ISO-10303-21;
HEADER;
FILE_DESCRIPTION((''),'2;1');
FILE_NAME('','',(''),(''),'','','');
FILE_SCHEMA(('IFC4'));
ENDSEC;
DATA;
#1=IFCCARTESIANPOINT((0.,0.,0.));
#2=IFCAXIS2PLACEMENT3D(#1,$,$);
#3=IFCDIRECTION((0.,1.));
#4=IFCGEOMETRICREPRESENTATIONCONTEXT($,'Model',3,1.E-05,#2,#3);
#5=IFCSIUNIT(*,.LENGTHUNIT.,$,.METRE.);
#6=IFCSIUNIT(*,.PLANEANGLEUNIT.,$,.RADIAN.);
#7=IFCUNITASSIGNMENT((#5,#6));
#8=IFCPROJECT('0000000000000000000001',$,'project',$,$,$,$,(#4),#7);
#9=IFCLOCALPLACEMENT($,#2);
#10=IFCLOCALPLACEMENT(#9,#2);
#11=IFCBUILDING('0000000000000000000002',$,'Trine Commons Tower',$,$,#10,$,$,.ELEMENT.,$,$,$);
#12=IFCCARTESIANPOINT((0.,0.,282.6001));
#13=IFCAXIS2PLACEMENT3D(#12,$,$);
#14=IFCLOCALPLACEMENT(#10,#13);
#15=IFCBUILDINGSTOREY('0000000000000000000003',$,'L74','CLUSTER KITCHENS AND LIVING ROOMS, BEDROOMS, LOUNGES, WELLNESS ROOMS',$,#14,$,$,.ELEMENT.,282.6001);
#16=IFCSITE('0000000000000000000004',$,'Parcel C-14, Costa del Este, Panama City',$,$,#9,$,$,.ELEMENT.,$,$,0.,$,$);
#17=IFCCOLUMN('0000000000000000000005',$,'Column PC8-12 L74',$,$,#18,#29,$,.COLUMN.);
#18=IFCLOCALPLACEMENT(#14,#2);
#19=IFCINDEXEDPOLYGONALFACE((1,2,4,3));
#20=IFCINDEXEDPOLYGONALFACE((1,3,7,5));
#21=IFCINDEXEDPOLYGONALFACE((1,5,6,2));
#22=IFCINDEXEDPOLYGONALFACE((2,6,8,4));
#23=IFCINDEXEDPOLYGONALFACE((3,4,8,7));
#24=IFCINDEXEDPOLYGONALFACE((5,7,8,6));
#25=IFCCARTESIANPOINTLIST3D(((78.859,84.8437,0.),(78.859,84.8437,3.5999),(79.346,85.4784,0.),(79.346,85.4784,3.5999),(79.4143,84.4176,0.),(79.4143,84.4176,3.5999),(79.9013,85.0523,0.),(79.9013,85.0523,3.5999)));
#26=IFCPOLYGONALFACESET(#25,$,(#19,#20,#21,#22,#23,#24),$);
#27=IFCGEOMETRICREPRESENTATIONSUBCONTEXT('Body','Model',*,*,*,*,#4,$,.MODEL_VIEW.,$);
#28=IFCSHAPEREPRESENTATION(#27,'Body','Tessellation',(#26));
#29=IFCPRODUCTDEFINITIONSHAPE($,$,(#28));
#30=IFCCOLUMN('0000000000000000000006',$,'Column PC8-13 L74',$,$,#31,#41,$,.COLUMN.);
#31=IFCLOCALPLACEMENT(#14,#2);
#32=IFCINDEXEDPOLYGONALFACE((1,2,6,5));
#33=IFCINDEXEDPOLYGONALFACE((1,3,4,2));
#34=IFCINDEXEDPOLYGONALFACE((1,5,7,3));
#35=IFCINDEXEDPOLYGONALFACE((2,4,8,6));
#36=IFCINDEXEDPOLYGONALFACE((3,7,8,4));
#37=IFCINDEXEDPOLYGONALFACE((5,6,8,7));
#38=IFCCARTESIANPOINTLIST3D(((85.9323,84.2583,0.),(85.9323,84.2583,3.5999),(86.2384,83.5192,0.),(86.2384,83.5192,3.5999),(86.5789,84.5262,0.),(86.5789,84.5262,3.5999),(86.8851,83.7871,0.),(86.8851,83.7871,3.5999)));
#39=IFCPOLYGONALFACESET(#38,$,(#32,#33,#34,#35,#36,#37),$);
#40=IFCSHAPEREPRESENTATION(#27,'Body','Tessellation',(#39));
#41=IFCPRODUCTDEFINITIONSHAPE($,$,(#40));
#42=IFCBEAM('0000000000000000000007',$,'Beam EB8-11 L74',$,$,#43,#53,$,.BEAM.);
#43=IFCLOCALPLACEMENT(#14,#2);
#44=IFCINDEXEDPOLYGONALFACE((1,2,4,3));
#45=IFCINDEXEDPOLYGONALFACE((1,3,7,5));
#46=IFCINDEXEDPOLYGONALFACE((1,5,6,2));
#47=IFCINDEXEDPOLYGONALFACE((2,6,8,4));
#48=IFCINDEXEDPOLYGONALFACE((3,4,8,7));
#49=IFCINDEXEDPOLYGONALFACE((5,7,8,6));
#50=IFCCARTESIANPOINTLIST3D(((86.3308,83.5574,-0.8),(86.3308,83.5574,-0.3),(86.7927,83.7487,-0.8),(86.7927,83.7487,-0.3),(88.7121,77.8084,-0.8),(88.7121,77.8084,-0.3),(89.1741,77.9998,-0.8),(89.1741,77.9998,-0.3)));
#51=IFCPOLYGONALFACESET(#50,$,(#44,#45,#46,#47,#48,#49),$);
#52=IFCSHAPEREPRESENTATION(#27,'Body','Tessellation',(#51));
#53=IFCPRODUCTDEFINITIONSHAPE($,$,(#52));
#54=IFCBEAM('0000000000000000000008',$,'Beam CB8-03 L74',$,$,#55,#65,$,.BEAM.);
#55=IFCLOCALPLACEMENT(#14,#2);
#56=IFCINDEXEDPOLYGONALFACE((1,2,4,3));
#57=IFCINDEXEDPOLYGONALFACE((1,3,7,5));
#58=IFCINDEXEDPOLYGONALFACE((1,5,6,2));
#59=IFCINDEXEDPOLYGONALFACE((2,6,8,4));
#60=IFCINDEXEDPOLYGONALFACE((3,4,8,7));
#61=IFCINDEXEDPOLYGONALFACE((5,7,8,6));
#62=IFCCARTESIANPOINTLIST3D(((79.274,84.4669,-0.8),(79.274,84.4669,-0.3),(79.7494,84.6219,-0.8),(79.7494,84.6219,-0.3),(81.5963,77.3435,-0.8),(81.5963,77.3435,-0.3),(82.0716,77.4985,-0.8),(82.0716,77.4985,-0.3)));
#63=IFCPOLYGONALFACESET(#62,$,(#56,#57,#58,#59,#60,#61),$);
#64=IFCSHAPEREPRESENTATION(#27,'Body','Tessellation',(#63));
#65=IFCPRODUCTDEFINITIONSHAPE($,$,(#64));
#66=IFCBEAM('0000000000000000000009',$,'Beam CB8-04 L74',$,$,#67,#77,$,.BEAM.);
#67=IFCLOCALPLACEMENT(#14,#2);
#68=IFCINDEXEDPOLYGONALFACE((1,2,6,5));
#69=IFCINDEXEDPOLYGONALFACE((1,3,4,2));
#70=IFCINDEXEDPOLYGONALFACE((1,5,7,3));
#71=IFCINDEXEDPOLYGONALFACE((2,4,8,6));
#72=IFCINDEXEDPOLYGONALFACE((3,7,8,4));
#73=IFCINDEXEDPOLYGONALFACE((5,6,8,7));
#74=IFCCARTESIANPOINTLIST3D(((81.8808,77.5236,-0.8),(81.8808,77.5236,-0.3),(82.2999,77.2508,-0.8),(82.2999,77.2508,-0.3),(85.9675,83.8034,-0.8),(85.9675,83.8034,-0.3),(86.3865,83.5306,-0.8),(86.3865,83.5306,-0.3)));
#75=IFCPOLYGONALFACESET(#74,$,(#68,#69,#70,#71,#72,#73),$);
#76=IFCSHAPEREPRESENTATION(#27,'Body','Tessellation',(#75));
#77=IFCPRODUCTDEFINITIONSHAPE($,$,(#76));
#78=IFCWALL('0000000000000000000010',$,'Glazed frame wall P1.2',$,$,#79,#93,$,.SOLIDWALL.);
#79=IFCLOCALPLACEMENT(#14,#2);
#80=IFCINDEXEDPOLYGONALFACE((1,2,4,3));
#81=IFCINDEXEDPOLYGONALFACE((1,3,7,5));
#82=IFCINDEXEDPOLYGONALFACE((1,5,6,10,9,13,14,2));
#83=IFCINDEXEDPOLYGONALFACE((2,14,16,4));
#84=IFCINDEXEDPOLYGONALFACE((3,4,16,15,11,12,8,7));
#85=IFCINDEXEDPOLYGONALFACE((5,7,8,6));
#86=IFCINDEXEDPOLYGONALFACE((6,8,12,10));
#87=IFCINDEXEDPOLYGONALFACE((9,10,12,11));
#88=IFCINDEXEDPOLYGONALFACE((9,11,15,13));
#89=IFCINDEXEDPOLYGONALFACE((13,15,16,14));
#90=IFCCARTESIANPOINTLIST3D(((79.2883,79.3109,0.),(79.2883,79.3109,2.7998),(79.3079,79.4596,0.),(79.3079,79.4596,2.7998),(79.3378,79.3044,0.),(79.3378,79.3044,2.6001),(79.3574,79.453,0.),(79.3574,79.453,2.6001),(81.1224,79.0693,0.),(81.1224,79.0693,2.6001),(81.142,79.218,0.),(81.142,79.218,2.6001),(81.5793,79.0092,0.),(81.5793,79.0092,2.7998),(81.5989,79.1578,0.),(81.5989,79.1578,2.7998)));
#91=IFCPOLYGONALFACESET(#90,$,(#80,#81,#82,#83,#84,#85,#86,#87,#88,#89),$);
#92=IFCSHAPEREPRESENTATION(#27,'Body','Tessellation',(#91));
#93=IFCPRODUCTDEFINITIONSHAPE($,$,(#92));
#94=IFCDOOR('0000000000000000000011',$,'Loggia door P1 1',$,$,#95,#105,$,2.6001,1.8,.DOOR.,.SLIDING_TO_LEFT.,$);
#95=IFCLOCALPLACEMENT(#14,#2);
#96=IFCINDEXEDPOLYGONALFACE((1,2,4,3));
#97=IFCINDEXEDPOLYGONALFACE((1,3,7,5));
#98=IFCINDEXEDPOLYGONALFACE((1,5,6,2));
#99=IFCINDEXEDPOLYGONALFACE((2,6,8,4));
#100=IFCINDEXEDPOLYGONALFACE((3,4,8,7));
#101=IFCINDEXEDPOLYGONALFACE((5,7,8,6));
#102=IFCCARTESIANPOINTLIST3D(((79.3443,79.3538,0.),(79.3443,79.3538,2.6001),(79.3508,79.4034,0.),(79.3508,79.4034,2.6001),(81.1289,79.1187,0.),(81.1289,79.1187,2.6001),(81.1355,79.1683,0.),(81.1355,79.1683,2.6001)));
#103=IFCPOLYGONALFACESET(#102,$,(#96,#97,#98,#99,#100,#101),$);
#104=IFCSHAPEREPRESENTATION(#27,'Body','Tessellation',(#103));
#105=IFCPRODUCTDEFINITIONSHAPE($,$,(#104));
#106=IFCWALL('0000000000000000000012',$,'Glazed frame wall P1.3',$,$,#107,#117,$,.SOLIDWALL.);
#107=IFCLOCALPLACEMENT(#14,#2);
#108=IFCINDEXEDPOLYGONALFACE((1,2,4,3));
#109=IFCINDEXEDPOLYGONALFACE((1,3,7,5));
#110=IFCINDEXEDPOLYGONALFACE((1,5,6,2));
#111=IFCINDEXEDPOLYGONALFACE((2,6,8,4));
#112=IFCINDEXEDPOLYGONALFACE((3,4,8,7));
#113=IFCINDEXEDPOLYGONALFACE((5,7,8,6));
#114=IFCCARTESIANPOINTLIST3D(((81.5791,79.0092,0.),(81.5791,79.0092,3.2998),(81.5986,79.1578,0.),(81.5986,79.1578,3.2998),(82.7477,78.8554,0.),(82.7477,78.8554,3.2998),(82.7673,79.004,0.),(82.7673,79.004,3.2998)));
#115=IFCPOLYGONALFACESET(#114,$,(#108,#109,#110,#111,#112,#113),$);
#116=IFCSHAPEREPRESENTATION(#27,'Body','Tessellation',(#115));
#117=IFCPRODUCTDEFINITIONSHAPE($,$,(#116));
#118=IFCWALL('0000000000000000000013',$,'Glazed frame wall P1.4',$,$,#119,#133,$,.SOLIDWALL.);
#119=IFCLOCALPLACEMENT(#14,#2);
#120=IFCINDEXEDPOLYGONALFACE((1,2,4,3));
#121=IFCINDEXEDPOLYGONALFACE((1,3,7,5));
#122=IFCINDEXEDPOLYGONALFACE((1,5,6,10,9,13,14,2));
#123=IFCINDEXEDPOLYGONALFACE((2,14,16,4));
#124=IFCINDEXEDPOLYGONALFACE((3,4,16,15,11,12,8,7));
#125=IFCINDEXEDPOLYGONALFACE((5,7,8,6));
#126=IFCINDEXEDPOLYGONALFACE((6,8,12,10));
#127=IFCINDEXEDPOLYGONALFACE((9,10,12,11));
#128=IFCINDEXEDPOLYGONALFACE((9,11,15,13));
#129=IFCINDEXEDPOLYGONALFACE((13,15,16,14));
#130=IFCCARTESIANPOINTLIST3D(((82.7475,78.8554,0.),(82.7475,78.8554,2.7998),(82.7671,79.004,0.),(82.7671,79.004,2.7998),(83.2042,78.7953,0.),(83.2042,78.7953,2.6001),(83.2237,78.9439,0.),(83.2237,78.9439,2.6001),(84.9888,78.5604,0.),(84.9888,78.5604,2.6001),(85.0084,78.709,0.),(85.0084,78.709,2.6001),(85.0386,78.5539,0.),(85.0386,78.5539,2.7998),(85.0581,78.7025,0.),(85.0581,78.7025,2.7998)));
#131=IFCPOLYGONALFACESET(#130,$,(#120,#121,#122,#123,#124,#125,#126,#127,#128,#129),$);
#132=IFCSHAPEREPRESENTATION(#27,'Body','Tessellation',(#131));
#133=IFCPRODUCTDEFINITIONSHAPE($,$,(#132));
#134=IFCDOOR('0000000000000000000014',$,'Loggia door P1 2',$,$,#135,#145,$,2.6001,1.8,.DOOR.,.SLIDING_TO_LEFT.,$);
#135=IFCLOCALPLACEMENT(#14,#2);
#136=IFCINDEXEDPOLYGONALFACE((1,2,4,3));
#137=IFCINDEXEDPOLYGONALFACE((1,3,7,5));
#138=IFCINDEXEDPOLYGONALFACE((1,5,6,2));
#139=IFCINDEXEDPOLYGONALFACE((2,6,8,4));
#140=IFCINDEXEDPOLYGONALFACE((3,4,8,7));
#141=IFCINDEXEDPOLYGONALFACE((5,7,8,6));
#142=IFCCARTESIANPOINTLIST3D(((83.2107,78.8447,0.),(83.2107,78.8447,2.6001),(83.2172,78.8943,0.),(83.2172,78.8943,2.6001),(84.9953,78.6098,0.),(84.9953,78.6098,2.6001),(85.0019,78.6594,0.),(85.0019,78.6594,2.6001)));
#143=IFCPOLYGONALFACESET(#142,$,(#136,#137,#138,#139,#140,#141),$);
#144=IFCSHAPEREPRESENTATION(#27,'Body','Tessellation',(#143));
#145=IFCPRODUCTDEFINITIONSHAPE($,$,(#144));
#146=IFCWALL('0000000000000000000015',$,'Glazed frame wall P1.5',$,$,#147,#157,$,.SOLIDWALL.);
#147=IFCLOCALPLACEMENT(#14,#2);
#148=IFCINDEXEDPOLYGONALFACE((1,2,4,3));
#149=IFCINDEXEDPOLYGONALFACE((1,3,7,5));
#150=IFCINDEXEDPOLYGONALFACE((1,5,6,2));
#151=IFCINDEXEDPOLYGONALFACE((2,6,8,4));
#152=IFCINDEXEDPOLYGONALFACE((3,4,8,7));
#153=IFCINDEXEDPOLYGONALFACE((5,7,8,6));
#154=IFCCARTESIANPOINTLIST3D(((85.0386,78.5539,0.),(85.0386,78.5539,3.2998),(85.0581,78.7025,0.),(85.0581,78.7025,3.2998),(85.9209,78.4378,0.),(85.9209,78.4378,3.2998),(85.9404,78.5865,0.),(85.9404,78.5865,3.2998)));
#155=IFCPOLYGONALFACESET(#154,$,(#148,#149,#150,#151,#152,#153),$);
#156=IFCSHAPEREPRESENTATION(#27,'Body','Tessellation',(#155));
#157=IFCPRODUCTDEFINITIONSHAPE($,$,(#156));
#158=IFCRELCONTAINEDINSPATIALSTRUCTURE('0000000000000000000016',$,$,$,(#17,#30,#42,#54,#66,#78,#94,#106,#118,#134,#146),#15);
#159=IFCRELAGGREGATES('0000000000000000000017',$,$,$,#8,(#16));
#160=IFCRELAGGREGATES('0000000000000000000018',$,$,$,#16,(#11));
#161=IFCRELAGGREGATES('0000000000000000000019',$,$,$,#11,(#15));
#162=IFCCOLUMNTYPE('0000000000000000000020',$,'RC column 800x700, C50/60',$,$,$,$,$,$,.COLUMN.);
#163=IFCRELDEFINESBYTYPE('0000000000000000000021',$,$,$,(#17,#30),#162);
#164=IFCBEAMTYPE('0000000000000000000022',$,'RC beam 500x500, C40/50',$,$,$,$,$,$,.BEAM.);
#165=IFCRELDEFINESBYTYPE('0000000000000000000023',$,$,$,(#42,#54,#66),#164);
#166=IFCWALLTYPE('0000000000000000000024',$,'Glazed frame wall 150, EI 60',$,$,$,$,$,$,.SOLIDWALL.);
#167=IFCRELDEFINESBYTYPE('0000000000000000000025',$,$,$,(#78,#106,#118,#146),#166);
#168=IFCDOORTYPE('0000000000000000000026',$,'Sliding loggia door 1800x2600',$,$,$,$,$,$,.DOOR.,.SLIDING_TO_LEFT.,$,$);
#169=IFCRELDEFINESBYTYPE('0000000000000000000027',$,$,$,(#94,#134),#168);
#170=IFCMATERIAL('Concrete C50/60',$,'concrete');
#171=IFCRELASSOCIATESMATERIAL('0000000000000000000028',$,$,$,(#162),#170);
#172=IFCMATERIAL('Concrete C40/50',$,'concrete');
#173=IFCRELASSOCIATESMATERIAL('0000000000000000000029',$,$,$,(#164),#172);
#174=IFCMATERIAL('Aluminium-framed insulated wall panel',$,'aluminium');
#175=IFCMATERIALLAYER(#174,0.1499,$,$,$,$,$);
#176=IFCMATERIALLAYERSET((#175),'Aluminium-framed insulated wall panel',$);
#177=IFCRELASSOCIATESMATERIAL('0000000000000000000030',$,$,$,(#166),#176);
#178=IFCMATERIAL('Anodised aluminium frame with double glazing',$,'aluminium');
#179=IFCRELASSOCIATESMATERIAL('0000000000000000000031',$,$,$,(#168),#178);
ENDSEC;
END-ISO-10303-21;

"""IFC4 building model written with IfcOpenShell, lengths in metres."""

from ifc_helpers import new_model, si_unit, direction, frame, frame_2d, origin, origin_2d, place, context, subcontext, project, spatial, polyline, rectangle, outline, extrude, material, layer, layer_set, material_profile, profile_set, type_object, element, fill, save


model = new_model("IFC4")

# Units and contexts
model_context = context("Model", 3, precision=1e-05, world=origin(), true_north=direction((0.0, 1.0)))
body_context = subcontext(model_context, "Body", "Model", "MODEL_VIEW")
ifc_project = project(units=[si_unit("LENGTHUNIT", "METRE"), si_unit("PLANEANGLEUNIT", "RADIAN")], contexts=[model_context])

# Site, building, storey
site_placement = place(None, origin())
site = spatial("IfcSite", under=ifc_project, at=site_placement, Name="Parcel C-14, Costa del Este, Panama City", CompositionType="ELEMENT", RefElevation=0.0)
building_placement = place(site_placement, origin())
building = spatial("IfcBuilding", under=site, at=building_placement, Name="Trine Commons Tower", CompositionType="ELEMENT")
storey_placement = place(building_placement, frame((0.0, 0.0, 282.6001)))
storey = spatial("IfcBuildingStorey", under=building, at=storey_placement, Name="L74", Description="CLUSTER KITCHENS AND LIVING ROOMS, BEDROOMS, LOUNGES, WELLNESS ROOMS", CompositionType="ELEMENT", Elevation=282.6001)

# Columns
ifc_material_1 = material(Name="Concrete C50/60", Category="concrete")
ifc_material_profile_1 = material_profile(ifc_material_1, rectangle(XDim=0.8, YDim=0.7, at=origin_2d()), Name="RC 800x700")
ifc_profile_set_1 = profile_set([ifc_material_profile_1], Name="Concrete C50/60")
column_type = type_object("IfcColumnType", Name="RC column 800x700, C50/60", PredefinedType="COLUMN", material=ifc_profile_set_1)
for number, where, z_axis, x_axis, name in (
    (1, (79.3801, 84.948, 0.0), (0.0, 0.0, 1.0), (0.608761, 0.793353, 0.0), "Column PC8-12 L74"),
    (2, (86.4087, 84.0227, 0.0), (0.0, 0.0, 1.0), (-0.382683, 0.92388, 0.0), "Column PC8-13 L74"),
):
    element("IfcColumn", number, at=place(storey_placement, frame(where, z_axis=z_axis, x_axis=x_axis)), inside=storey, type_object=column_type, Name=name, PredefinedType="COLUMN", context=body_context, shape_type="SweptSolid", body=[
        extrude(rectangle(XDim=0.8, YDim=0.7, at=origin_2d()), origin(), (0.0, 0.0, 1.0), 3.5999),
    ])

# Beams
ifc_material_2 = material(Name="Concrete C40/50", Category="concrete")
ifc_material_profile_2 = material_profile(ifc_material_2, rectangle(XDim=0.5, YDim=0.5, at=origin_2d()), Name="RC 500x500")
ifc_profile_set_2 = profile_set([ifc_material_profile_2], Name="Concrete C40/50")
beam_type = type_object("IfcBeamType", Name="RC beam 500x500, C40/50", PredefinedType="BEAM", material=ifc_profile_set_2)
beam_placement = place(storey_placement, frame((86.5618, 83.6531, -0.55), z_axis=(0.382687, -0.923878, 0.0), x_axis=(0.923878, 0.382687, 0.0)))
element("IfcBeam", 3, at=beam_placement, inside=storey, type_object=beam_type, Name="Beam EB8-11 L74", PredefinedType="BEAM", context=body_context, shape_type="SweptSolid", body=[
    extrude(rectangle(XDim=0.5, YDim=0.5, at=origin_2d()), origin(), (0.0, 0.0, 1.0), 6.2227),
])
for number, where, z_axis, x_axis, name in (
    (4, (79.5117, 84.5444, -0.55), (0.309945, -0.950754, 0.0), (0.950754, 0.309945, 0.0), "Beam CB8-03 L74"),
    (5, (86.177, 83.667, -0.55), (-0.54544, -0.83815, 0.0), (0.83815, -0.54544, 0.0), "Beam CB8-04 L74"),
):
    element("IfcBeam", number, at=place(storey_placement, frame(where, z_axis=z_axis, x_axis=x_axis)), inside=storey, type_object=beam_type, Name=name, PredefinedType="BEAM", context=body_context, shape_type="SweptSolid", body=[
        extrude(rectangle(XDim=0.5, YDim=0.5, at=origin_2d()), origin(), (0.0, 0.0, 1.0), 7.4924),
    ])

# Wall, opening, door
ifc_material_3 = material(Name="Aluminium-framed insulated wall panel", Category="aluminium")
ifc_layer_1 = layer(ifc_material_3, 0.1499)
ifc_layer_set_1 = layer_set([ifc_layer_1], Name="Aluminium-framed insulated wall panel")
wall_type_1 = type_object("IfcWallType", Name="Glazed frame wall 150, EI 60", PredefinedType="SOLIDWALL", material=ifc_layer_set_1)
wall_1_placement = place(storey_placement, frame((79.2981, 79.3853, 0.0), z_axis=(0.0, 0.0, 1.0), x_axis=(0.991435, -0.130599, 0.0)))
wall_1 = element("IfcWall", 6, at=wall_1_placement, inside=storey, type_object=wall_type_1, Name="Glazed frame wall P1.2", PredefinedType="SOLIDWALL", context=body_context, shape_type="SweptSolid", body=[
    extrude(outline(polyline([(0.0, -0.075), (2.3108, -0.075), (2.3108, 0.075), (0.0, 0.075), (0.0, -0.075)])), origin(), (0.0, 0.0, 1.0), 2.7998),
])
opening_1_placement = place(wall_1_placement, frame((0.05, 0.0, 0.0)))
opening_1 = element("IfcOpeningElement", 7, at=opening_1_placement, cuts=wall_1, PredefinedType="OPENING", context=body_context, shape_type="SweptSolid", body=[
    extrude(rectangle(XDim=1.8, YDim=2.6001, at=frame_2d((0.8999, 1.3))), frame((0.0, 0.085, 0.0), z_axis=(0.0, -1.0, 0.0), x_axis=(1.0, 0.0, 0.0)), (0.0, 0.0, 1.0), 0.1699),
])
ifc_material_4 = material(Name="Anodised aluminium frame with double glazing", Category="aluminium")
door_type = type_object("IfcDoorType", Name="Sliding loggia door 1800x2600", OperationType="SLIDING_TO_LEFT", PredefinedType="DOOR", material=ifc_material_4)
door_1_placement = place(opening_1_placement, origin())
door_1 = element("IfcDoor", 8, at=door_1_placement, inside=storey, type_object=door_type, Name="Loggia door P1 1", OperationType="SLIDING_TO_LEFT", OverallHeight=2.6001, OverallWidth=1.8, PredefinedType="DOOR", context=body_context, shape_type="SweptSolid", body=[
    extrude(rectangle(XDim=1.8, YDim=2.6001, at=frame_2d((0.8999, 1.3))), frame((0.0, 0.0249, 0.0), z_axis=(0.0, -1.0, 0.0), x_axis=(1.0, 0.0, 0.0)), (0.0, 0.0, 1.0), 0.05),
])
fill(opening_1, door_1)

# Wall
wall_2_placement = place(storey_placement, frame((81.5889, 79.0835, 0.0), z_axis=(0.0, 0.0, 1.0), x_axis=(0.991447, -0.130508, 0.0)))
element("IfcWall", 9, at=wall_2_placement, inside=storey, type_object=wall_type_1, Name="Glazed frame wall P1.3", PredefinedType="SOLIDWALL", context=body_context, shape_type="SweptSolid", body=[
    extrude(outline(polyline([(0.0, -0.075), (1.1787, -0.075), (1.1787, 0.075), (0.0, 0.075), (0.0, -0.075)])), origin(), (0.0, 0.0, 1.0), 3.2998),
])

# Wall, opening, door
wall_3_placement = place(storey_placement, frame((82.7573, 78.9297, 0.0), z_axis=(0.0, 0.0, 1.0), x_axis=(0.991451, -0.130482, 0.0)))
wall_3 = element("IfcWall", 10, at=wall_3_placement, inside=storey, type_object=wall_type_1, Name="Glazed frame wall P1.4", PredefinedType="SOLIDWALL", context=body_context, shape_type="SweptSolid", body=[
    extrude(outline(polyline([(0.0, -0.075), (2.3108, -0.075), (2.3108, 0.075), (0.0, 0.075), (0.0, -0.075)])), origin(), (0.0, 0.0, 1.0), 2.7998),
])
opening_2_placement = place(wall_3_placement, frame((0.4607, 0.0, 0.0)))
opening_2 = element("IfcOpeningElement", 11, at=opening_2_placement, cuts=wall_3, PredefinedType="OPENING", context=body_context, shape_type="SweptSolid", body=[
    extrude(rectangle(XDim=1.8, YDim=2.6001, at=frame_2d((0.8999, 1.3))), frame((0.0, 0.085, 0.0), z_axis=(0.0, -1.0, 0.0), x_axis=(1.0, 0.0, 0.0)), (0.0, 0.0, 1.0), 0.1699),
])
door_2_placement = place(opening_2_placement, origin())
door_2 = element("IfcDoor", 12, at=door_2_placement, inside=storey, type_object=door_type, Name="Loggia door P1 2", OperationType="SLIDING_TO_LEFT", OverallHeight=2.6001, OverallWidth=1.8, PredefinedType="DOOR", context=body_context, shape_type="SweptSolid", body=[
    extrude(rectangle(XDim=1.8, YDim=2.6001, at=frame_2d((0.8999, 1.3))), frame((0.0, 0.0249, 0.0), z_axis=(0.0, -1.0, 0.0), x_axis=(1.0, 0.0, 0.0)), (0.0, 0.0, 1.0), 0.05),
])
fill(opening_2, door_2)

# Wall
wall_4_placement = place(storey_placement, frame((85.0483, 78.6282, 0.0), z_axis=(0.0, 0.0, 1.0), x_axis=(0.991465, -0.130372, 0.0)))
element("IfcWall", 13, at=wall_4_placement, inside=storey, type_object=wall_type_1, Name="Glazed frame wall P1.5", PredefinedType="SOLIDWALL", context=body_context, shape_type="SweptSolid", body=[
    extrude(outline(polyline([(0.8899, 0.075), (0.0, 0.075), (0.0, -0.075), (0.8899, -0.075), (0.8899, 0.075)])), origin(), (0.0, 0.0, 1.0), 3.2998),
])

save(model, "model.ifc")
